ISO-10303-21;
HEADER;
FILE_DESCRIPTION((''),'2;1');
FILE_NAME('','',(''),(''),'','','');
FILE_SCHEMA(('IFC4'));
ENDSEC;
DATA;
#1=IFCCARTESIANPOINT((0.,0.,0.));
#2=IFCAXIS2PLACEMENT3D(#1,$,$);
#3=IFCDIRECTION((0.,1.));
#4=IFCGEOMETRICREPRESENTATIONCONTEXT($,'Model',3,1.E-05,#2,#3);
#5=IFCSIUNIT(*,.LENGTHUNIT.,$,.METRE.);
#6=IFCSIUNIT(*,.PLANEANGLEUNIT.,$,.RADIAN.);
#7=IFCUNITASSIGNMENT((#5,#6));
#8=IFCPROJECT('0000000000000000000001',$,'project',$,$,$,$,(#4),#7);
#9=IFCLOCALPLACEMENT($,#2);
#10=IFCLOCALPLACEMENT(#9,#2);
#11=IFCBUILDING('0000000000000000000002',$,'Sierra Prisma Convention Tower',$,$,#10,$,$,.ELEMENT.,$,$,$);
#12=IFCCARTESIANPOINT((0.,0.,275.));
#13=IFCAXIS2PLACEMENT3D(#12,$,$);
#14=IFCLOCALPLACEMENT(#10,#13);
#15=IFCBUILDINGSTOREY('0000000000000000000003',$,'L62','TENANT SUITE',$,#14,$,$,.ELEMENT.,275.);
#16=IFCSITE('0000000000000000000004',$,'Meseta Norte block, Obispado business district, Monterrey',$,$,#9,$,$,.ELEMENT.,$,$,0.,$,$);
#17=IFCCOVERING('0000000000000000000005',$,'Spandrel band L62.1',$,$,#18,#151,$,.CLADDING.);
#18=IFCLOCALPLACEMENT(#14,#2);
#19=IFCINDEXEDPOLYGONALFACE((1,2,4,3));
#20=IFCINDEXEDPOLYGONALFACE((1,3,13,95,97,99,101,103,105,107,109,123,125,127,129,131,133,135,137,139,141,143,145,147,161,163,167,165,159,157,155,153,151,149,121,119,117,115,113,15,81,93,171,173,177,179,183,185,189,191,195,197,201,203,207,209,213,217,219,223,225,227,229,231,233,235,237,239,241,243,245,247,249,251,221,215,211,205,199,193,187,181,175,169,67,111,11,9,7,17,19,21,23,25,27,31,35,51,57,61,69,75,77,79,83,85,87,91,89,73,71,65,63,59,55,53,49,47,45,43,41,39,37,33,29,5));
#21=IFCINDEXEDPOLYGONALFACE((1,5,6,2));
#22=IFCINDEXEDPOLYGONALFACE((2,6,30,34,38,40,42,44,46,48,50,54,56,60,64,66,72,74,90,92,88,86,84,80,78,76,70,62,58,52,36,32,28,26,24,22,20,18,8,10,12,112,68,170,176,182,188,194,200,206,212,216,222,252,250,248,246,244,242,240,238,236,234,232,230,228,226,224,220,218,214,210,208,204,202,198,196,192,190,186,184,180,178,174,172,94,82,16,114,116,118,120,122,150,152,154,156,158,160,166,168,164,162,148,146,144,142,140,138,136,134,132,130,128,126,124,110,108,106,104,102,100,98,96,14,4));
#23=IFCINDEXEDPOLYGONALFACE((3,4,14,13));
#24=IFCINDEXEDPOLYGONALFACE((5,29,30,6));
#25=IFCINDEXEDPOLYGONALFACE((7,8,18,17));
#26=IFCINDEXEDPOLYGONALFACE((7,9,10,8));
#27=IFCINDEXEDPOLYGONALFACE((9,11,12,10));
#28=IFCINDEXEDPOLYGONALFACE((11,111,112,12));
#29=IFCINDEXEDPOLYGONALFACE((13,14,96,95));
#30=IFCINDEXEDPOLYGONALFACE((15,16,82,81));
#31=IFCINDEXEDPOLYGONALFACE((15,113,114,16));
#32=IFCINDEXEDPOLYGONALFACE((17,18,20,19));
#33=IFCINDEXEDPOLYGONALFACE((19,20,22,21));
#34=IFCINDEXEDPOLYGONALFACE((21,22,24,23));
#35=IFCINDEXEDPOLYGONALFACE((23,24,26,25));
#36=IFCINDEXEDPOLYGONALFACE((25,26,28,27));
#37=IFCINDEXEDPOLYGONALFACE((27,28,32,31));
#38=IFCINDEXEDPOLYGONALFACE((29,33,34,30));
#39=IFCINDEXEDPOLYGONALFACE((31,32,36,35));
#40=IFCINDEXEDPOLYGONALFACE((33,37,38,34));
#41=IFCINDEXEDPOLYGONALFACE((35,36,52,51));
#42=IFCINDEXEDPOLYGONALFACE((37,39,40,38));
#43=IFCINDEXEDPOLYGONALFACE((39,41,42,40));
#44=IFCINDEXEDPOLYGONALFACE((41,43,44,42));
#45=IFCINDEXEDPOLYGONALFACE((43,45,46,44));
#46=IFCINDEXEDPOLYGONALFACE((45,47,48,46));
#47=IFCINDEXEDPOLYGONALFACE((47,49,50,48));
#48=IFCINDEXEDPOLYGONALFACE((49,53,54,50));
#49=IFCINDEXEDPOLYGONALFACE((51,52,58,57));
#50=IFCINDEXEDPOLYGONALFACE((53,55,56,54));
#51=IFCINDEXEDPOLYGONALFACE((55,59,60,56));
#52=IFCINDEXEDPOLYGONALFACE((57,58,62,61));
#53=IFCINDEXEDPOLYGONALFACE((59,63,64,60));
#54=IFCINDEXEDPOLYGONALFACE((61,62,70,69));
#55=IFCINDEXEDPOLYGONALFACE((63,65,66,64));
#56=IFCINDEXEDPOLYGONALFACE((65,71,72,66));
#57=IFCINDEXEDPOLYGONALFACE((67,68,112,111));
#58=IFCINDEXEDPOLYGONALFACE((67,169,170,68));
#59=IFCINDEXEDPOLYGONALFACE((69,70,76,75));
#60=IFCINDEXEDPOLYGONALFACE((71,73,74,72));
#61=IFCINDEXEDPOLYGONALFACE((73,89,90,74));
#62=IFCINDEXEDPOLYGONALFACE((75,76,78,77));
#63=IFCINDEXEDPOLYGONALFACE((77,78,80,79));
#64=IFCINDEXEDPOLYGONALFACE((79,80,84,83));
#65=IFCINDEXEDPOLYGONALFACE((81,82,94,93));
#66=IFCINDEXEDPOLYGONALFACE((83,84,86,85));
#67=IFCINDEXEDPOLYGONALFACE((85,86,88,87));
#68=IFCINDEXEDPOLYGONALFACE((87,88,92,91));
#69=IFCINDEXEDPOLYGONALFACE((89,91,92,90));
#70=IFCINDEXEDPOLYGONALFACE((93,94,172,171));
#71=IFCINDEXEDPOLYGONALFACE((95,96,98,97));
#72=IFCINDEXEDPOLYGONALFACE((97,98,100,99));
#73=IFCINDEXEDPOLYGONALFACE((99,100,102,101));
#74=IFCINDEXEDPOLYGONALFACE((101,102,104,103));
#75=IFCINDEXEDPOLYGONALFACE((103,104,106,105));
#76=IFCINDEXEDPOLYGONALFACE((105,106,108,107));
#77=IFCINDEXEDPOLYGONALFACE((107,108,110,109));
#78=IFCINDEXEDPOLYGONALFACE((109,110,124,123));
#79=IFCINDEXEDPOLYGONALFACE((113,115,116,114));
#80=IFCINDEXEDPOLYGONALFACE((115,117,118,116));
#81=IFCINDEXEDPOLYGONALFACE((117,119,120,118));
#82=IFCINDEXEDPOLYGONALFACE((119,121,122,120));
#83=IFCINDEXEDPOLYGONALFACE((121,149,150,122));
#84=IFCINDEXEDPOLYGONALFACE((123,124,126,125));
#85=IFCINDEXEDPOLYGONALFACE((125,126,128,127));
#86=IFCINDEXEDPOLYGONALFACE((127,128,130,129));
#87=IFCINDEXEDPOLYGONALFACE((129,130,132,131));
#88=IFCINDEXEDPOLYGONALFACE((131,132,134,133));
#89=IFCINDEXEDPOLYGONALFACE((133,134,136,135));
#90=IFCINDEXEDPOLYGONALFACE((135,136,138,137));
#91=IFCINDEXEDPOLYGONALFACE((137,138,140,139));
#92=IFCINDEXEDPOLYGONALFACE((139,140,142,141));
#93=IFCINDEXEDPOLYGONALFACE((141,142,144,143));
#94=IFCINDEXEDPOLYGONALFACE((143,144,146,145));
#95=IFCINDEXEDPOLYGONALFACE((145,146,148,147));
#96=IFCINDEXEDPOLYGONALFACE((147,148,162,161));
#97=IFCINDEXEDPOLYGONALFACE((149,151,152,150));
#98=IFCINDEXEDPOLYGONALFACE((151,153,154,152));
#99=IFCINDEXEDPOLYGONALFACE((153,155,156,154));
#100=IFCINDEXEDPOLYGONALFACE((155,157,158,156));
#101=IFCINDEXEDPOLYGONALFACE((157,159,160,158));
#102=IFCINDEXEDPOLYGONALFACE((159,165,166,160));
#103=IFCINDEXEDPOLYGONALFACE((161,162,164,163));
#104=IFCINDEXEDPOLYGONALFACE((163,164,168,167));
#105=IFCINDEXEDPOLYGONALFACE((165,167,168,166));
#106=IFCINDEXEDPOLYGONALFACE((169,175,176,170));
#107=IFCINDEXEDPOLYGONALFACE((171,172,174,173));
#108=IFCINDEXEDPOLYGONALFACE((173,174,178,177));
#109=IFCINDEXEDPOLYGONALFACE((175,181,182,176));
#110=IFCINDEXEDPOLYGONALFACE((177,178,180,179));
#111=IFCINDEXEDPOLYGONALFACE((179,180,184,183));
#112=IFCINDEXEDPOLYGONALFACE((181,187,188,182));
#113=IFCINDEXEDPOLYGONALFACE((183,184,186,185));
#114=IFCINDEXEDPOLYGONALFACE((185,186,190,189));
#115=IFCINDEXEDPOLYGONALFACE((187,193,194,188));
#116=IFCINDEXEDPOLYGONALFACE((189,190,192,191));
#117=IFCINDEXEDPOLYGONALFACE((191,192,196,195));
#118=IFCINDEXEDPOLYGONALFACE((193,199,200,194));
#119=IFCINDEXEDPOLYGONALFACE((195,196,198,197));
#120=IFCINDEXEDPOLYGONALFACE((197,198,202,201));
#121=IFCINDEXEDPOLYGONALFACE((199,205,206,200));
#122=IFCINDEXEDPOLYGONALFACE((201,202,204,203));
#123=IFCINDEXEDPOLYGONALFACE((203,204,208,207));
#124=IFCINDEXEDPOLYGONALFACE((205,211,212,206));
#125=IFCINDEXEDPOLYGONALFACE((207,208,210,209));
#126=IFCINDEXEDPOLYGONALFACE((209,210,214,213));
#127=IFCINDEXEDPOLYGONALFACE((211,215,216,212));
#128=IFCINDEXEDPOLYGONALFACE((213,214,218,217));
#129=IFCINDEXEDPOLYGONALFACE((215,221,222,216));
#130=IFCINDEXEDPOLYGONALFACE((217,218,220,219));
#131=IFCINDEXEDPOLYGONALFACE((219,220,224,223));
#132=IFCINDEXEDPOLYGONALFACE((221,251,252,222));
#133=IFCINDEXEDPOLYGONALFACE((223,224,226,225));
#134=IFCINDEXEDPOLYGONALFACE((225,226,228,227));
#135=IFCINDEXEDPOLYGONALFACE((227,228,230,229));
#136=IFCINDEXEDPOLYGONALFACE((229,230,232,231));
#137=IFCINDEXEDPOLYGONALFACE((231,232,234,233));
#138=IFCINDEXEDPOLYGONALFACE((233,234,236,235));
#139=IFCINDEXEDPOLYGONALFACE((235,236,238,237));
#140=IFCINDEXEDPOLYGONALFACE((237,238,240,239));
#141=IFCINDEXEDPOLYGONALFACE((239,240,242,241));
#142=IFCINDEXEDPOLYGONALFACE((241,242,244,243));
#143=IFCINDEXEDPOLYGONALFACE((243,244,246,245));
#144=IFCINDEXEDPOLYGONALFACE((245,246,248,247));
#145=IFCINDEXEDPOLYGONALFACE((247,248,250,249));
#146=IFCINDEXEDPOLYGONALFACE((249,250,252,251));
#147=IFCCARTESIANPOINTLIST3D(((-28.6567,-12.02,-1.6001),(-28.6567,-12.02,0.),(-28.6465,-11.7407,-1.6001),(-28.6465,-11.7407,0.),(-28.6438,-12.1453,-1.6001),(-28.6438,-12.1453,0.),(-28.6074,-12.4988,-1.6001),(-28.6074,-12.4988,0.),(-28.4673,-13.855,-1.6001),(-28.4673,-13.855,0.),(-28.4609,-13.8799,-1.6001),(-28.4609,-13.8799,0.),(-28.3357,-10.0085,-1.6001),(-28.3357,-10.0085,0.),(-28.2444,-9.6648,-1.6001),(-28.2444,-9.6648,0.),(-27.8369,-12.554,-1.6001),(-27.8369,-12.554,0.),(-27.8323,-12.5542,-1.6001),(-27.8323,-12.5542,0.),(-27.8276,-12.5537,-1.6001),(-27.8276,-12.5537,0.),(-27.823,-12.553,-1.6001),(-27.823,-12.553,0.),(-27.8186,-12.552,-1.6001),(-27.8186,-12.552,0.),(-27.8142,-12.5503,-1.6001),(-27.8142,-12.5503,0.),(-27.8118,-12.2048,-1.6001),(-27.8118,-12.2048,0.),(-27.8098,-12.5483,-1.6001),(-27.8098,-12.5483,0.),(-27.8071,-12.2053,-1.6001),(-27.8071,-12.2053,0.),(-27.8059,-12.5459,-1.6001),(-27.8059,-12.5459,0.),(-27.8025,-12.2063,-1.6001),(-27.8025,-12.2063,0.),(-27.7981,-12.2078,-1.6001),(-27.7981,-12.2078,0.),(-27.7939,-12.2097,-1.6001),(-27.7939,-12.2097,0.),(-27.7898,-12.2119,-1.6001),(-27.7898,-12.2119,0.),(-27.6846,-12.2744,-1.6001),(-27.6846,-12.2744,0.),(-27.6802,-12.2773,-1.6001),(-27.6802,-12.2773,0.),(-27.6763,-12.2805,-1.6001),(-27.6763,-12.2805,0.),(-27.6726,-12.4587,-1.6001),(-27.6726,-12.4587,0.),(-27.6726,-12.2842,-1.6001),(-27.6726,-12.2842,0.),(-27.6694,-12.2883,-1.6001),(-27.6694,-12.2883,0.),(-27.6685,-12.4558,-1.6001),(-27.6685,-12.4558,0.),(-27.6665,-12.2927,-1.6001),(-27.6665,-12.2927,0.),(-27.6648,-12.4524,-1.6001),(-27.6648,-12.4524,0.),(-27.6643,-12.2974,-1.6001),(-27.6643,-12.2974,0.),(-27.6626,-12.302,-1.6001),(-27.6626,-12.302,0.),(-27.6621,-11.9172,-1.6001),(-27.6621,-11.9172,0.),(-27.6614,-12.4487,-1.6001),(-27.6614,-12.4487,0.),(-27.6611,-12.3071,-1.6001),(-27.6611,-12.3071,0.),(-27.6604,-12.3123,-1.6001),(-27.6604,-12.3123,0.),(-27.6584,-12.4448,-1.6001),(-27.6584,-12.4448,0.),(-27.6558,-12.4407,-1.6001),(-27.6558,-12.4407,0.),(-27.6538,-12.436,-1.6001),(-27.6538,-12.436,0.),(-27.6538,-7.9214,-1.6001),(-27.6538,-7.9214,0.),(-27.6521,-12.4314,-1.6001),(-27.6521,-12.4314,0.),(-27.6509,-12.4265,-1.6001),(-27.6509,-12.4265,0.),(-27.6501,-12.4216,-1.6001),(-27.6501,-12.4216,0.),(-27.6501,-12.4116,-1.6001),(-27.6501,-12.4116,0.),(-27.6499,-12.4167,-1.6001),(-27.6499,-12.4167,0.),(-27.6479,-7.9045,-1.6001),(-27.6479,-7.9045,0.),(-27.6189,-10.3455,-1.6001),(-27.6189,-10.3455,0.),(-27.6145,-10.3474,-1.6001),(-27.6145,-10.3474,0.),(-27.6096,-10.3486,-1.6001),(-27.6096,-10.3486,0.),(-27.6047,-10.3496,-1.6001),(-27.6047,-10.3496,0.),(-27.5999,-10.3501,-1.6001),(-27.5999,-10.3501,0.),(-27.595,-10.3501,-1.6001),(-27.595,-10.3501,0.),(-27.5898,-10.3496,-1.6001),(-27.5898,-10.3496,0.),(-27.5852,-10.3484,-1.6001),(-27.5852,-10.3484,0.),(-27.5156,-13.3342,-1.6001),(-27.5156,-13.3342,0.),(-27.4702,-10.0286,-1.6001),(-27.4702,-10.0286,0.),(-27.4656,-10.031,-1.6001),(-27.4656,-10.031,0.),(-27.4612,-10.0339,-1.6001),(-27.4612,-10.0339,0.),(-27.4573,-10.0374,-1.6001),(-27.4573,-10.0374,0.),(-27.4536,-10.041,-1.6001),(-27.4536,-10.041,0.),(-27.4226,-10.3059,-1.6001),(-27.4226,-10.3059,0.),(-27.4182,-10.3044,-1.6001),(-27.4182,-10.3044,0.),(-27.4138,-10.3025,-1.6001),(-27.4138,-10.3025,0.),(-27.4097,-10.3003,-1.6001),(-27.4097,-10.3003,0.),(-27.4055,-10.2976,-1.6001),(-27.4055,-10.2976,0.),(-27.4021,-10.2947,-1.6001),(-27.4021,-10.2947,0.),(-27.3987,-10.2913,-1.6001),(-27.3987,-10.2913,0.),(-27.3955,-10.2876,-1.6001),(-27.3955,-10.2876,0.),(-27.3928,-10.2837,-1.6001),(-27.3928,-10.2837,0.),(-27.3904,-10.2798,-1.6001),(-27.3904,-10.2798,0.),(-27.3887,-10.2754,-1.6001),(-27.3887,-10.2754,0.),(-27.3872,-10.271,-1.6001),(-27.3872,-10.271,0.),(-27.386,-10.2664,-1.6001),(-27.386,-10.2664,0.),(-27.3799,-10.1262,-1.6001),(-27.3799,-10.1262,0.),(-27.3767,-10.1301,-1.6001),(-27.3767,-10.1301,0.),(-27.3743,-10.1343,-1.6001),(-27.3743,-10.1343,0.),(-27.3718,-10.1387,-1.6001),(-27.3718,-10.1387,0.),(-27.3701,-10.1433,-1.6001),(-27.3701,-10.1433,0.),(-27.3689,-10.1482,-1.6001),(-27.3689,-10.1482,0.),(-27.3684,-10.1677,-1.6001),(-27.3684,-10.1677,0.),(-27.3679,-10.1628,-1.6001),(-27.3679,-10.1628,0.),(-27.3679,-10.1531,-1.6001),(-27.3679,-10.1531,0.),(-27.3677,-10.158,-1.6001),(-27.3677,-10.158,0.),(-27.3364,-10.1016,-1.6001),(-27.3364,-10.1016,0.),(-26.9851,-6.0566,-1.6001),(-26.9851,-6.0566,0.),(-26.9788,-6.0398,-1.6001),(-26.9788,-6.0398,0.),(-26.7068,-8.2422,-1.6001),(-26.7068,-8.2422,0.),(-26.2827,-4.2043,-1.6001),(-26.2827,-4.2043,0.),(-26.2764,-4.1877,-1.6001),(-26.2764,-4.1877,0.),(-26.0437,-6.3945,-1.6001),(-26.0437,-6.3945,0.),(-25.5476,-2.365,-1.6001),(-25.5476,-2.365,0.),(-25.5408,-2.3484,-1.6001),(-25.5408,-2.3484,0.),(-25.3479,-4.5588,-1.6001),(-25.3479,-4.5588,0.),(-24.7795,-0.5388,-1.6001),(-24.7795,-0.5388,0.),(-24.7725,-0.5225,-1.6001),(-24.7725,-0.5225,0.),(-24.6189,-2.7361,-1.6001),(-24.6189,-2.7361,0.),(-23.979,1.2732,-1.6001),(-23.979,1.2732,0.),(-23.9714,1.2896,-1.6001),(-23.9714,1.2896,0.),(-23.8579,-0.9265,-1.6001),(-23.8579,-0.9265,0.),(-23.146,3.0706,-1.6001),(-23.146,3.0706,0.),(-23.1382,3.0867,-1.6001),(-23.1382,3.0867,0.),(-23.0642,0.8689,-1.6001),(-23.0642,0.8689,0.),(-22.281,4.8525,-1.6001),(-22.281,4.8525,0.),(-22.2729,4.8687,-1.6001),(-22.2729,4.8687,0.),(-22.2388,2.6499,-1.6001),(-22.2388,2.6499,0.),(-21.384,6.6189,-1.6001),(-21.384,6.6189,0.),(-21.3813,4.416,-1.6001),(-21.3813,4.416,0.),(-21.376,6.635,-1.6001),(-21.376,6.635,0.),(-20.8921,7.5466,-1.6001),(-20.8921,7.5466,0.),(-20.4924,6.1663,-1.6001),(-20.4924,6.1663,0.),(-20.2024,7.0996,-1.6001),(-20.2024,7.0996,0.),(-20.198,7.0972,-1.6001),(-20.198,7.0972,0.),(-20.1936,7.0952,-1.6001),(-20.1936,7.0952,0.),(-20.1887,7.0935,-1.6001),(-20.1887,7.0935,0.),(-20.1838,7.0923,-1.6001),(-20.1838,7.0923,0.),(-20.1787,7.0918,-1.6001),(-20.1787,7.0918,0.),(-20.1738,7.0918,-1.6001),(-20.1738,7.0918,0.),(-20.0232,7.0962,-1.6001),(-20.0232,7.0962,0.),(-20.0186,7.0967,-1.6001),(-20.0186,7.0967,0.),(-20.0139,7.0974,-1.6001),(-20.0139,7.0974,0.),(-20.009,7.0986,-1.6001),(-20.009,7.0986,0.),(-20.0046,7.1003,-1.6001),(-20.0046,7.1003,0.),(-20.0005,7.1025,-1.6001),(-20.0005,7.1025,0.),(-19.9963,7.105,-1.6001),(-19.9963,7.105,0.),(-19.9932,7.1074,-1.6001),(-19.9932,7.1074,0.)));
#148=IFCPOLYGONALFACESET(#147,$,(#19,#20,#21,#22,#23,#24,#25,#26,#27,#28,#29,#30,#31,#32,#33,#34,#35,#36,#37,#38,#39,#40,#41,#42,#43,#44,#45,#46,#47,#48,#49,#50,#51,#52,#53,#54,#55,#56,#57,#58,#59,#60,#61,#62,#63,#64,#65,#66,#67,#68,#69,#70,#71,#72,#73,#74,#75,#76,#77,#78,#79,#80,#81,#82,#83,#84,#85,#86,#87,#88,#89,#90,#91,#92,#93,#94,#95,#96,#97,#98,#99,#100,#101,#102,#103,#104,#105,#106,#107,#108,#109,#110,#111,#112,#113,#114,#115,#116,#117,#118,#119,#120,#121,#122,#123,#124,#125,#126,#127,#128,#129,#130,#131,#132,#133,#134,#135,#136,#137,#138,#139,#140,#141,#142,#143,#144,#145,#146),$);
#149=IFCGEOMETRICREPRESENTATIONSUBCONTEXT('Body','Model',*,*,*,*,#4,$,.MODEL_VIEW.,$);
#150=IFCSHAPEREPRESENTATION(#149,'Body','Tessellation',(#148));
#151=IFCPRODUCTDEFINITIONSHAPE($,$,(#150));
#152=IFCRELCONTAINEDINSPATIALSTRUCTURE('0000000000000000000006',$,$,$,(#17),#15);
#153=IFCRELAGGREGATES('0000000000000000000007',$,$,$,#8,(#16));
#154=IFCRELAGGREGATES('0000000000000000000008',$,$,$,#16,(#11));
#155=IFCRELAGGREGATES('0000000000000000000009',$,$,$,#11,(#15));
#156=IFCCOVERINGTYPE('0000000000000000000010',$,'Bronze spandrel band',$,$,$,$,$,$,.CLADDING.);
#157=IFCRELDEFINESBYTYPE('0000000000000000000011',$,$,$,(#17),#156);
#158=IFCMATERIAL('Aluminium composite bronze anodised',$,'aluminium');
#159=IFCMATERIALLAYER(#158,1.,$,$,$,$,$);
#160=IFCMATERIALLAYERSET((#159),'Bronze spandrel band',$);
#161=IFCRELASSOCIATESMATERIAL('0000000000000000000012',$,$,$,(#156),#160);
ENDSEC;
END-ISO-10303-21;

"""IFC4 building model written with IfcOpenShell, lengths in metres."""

from ifc_helpers import new_model, si_unit, direction, frame, origin, place, context, subcontext, project, spatial, polyline, outline, extrude, material, layer, layer_set, type_object, element, save


model = new_model("IFC4")

# Units and contexts
model_context = context("Model", 3, precision=1e-05, world=origin(), true_north=direction((0.0, 1.0)))
body_context = subcontext(model_context, "Body", "Model", "MODEL_VIEW")
ifc_project = project(units=[si_unit("LENGTHUNIT", "METRE"), si_unit("PLANEANGLEUNIT", "RADIAN")], contexts=[model_context])

# Site, building, storey
site_placement = place(None, origin())
site = spatial("IfcSite", under=ifc_project, at=site_placement, Name="Meseta Norte block, Obispado business district, Monterrey", CompositionType="ELEMENT", RefElevation=0.0)
building_placement = place(site_placement, origin())
building = spatial("IfcBuilding", under=site, at=building_placement, Name="Sierra Prisma Convention Tower", CompositionType="ELEMENT")
storey_placement = place(building_placement, frame((0.0, 0.0, 275.0)))
storey = spatial("IfcBuildingStorey", under=building, at=storey_placement, Name="L62", Description="TENANT SUITE", CompositionType="ELEMENT", Elevation=275.0)

# Covering
ifc_material_1 = material(Name="Aluminium composite bronze anodised", Category="aluminium")
ifc_layer_1 = layer(ifc_material_1, 1.0)
ifc_layer_set_1 = layer_set([ifc_layer_1], Name="Bronze spandrel band")
covering_type_1 = type_object("IfcCoveringType", Name="Bronze spandrel band", PredefinedType="CLADDING", material=ifc_layer_set_1)
covering_1_placement = place(storey_placement, frame((0.0, 0.0, -1.6001)))
element("IfcCovering", 1, at=covering_1_placement, inside=storey, type_object=covering_type_1, Name="Spandrel band L62.1", PredefinedType="CLADDING", context=body_context, shape_type="SweptSolid", body=[
    extrude(outline(polyline([(-27.8186, -12.552), (-27.8142, -12.5503), (-27.8098, -12.5483), (-27.8059, -12.5459), (-27.6726, -12.4587), (-27.6685, -12.4558), (-27.6648, -12.4524), (-27.6614, -12.4487), (-27.6584, -12.4448), (-27.6558, -12.4407), (-27.6538, -12.436), (-27.6521, -12.4314), (-27.6509, -12.4265), (-27.6501, -12.4216), (-27.6499, -12.4167), (-27.6501, -12.4116), (-27.6604, -12.3123), (-27.6611, -12.3071), (-27.6626, -12.302), (-27.6643, -12.2974), (-27.6665, -12.2927), (-27.6694, -12.2883), (-27.6726, -12.2842), (-27.6763, -12.2805), (-27.6802, -12.2773), (-27.6846, -12.2744), (-27.7898, -12.2119), (-27.7939, -12.2097), (-27.7981, -12.2078), (-27.8025, -12.2063), (-27.8071, -12.2053), (-27.8118, -12.2048), (-28.6438, -12.1453), (-28.6567, -12.02), (-28.6465, -11.7407), (-28.3357, -10.0085), (-27.6189, -10.3455), (-27.6145, -10.3474), (-27.6096, -10.3486), (-27.6047, -10.3496), (-27.5999, -10.3501), (-27.595, -10.3501), (-27.5898, -10.3496), (-27.5852, -10.3484), (-27.4226, -10.3059), (-27.4182, -10.3044), (-27.4138, -10.3025), (-27.4097, -10.3003), (-27.4055, -10.2976), (-27.4021, -10.2947), (-27.3987, -10.2913), (-27.3955, -10.2876), (-27.3928, -10.2837), (-27.3904, -10.2798), (-27.3887, -10.2754), (-27.3872, -10.271), (-27.386, -10.2664), (-27.3684, -10.1677), (-27.3679, -10.1628), (-27.3677, -10.158), (-27.3679, -10.1531), (-27.3689, -10.1482), (-27.3701, -10.1433), (-27.3718, -10.1387), (-27.3743, -10.1343), (-27.3767, -10.1301), (-27.3799, -10.1262), (-27.4536, -10.041), (-27.4573, -10.0374), (-27.4612, -10.0339), (-27.4656, -10.031), (-27.4702, -10.0286), (-28.2444, -9.6648), (-27.6538, -7.9214), (-27.6479, -7.9045), (-26.9851, -6.0566), (-26.9788, -6.0398), (-26.2827, -4.2043), (-26.2764, -4.1877), (-25.5476, -2.365), (-25.5408, -2.3484), (-24.7795, -0.5388), (-24.7725, -0.5225), (-23.979, 1.2732), (-23.9714, 1.2896), (-23.146, 3.0706), (-23.1382, 3.0867), (-22.281, 4.8525), (-22.2729, 4.8687), (-21.384, 6.6189), (-21.376, 6.635), (-20.8921, 7.5466), (-20.2024, 7.0996), (-20.198, 7.0972), (-20.1936, 7.0952), (-20.1887, 7.0935), (-20.1838, 7.0923), (-20.1787, 7.0918), (-20.1738, 7.0918), (-20.0232, 7.0962), (-20.0186, 7.0967), (-20.0139, 7.0974), (-20.009, 7.0986), (-20.0046, 7.1003), (-20.0005, 7.1025), (-19.9963, 7.105), (-19.9932, 7.1074), (-20.4924, 6.1663), (-21.3813, 4.416), (-22.2388, 2.6499), (-23.0642, 0.8689), (-23.8579, -0.9265), (-24.6189, -2.7361), (-25.3479, -4.5588), (-26.0437, -6.3945), (-26.7068, -8.2422), (-27.3364, -10.1016), (-27.6621, -11.9172), (-27.5156, -13.3342), (-28.4609, -13.8799), (-28.4673, -13.855), (-28.6074, -12.4988), (-27.8369, -12.554), (-27.8323, -12.5542), (-27.8276, -12.5537), (-27.823, -12.553), (-27.8186, -12.552)])), origin(), (0.0, 0.0, 1.0), 1.6001),
])

save(model, "model.ifc")
